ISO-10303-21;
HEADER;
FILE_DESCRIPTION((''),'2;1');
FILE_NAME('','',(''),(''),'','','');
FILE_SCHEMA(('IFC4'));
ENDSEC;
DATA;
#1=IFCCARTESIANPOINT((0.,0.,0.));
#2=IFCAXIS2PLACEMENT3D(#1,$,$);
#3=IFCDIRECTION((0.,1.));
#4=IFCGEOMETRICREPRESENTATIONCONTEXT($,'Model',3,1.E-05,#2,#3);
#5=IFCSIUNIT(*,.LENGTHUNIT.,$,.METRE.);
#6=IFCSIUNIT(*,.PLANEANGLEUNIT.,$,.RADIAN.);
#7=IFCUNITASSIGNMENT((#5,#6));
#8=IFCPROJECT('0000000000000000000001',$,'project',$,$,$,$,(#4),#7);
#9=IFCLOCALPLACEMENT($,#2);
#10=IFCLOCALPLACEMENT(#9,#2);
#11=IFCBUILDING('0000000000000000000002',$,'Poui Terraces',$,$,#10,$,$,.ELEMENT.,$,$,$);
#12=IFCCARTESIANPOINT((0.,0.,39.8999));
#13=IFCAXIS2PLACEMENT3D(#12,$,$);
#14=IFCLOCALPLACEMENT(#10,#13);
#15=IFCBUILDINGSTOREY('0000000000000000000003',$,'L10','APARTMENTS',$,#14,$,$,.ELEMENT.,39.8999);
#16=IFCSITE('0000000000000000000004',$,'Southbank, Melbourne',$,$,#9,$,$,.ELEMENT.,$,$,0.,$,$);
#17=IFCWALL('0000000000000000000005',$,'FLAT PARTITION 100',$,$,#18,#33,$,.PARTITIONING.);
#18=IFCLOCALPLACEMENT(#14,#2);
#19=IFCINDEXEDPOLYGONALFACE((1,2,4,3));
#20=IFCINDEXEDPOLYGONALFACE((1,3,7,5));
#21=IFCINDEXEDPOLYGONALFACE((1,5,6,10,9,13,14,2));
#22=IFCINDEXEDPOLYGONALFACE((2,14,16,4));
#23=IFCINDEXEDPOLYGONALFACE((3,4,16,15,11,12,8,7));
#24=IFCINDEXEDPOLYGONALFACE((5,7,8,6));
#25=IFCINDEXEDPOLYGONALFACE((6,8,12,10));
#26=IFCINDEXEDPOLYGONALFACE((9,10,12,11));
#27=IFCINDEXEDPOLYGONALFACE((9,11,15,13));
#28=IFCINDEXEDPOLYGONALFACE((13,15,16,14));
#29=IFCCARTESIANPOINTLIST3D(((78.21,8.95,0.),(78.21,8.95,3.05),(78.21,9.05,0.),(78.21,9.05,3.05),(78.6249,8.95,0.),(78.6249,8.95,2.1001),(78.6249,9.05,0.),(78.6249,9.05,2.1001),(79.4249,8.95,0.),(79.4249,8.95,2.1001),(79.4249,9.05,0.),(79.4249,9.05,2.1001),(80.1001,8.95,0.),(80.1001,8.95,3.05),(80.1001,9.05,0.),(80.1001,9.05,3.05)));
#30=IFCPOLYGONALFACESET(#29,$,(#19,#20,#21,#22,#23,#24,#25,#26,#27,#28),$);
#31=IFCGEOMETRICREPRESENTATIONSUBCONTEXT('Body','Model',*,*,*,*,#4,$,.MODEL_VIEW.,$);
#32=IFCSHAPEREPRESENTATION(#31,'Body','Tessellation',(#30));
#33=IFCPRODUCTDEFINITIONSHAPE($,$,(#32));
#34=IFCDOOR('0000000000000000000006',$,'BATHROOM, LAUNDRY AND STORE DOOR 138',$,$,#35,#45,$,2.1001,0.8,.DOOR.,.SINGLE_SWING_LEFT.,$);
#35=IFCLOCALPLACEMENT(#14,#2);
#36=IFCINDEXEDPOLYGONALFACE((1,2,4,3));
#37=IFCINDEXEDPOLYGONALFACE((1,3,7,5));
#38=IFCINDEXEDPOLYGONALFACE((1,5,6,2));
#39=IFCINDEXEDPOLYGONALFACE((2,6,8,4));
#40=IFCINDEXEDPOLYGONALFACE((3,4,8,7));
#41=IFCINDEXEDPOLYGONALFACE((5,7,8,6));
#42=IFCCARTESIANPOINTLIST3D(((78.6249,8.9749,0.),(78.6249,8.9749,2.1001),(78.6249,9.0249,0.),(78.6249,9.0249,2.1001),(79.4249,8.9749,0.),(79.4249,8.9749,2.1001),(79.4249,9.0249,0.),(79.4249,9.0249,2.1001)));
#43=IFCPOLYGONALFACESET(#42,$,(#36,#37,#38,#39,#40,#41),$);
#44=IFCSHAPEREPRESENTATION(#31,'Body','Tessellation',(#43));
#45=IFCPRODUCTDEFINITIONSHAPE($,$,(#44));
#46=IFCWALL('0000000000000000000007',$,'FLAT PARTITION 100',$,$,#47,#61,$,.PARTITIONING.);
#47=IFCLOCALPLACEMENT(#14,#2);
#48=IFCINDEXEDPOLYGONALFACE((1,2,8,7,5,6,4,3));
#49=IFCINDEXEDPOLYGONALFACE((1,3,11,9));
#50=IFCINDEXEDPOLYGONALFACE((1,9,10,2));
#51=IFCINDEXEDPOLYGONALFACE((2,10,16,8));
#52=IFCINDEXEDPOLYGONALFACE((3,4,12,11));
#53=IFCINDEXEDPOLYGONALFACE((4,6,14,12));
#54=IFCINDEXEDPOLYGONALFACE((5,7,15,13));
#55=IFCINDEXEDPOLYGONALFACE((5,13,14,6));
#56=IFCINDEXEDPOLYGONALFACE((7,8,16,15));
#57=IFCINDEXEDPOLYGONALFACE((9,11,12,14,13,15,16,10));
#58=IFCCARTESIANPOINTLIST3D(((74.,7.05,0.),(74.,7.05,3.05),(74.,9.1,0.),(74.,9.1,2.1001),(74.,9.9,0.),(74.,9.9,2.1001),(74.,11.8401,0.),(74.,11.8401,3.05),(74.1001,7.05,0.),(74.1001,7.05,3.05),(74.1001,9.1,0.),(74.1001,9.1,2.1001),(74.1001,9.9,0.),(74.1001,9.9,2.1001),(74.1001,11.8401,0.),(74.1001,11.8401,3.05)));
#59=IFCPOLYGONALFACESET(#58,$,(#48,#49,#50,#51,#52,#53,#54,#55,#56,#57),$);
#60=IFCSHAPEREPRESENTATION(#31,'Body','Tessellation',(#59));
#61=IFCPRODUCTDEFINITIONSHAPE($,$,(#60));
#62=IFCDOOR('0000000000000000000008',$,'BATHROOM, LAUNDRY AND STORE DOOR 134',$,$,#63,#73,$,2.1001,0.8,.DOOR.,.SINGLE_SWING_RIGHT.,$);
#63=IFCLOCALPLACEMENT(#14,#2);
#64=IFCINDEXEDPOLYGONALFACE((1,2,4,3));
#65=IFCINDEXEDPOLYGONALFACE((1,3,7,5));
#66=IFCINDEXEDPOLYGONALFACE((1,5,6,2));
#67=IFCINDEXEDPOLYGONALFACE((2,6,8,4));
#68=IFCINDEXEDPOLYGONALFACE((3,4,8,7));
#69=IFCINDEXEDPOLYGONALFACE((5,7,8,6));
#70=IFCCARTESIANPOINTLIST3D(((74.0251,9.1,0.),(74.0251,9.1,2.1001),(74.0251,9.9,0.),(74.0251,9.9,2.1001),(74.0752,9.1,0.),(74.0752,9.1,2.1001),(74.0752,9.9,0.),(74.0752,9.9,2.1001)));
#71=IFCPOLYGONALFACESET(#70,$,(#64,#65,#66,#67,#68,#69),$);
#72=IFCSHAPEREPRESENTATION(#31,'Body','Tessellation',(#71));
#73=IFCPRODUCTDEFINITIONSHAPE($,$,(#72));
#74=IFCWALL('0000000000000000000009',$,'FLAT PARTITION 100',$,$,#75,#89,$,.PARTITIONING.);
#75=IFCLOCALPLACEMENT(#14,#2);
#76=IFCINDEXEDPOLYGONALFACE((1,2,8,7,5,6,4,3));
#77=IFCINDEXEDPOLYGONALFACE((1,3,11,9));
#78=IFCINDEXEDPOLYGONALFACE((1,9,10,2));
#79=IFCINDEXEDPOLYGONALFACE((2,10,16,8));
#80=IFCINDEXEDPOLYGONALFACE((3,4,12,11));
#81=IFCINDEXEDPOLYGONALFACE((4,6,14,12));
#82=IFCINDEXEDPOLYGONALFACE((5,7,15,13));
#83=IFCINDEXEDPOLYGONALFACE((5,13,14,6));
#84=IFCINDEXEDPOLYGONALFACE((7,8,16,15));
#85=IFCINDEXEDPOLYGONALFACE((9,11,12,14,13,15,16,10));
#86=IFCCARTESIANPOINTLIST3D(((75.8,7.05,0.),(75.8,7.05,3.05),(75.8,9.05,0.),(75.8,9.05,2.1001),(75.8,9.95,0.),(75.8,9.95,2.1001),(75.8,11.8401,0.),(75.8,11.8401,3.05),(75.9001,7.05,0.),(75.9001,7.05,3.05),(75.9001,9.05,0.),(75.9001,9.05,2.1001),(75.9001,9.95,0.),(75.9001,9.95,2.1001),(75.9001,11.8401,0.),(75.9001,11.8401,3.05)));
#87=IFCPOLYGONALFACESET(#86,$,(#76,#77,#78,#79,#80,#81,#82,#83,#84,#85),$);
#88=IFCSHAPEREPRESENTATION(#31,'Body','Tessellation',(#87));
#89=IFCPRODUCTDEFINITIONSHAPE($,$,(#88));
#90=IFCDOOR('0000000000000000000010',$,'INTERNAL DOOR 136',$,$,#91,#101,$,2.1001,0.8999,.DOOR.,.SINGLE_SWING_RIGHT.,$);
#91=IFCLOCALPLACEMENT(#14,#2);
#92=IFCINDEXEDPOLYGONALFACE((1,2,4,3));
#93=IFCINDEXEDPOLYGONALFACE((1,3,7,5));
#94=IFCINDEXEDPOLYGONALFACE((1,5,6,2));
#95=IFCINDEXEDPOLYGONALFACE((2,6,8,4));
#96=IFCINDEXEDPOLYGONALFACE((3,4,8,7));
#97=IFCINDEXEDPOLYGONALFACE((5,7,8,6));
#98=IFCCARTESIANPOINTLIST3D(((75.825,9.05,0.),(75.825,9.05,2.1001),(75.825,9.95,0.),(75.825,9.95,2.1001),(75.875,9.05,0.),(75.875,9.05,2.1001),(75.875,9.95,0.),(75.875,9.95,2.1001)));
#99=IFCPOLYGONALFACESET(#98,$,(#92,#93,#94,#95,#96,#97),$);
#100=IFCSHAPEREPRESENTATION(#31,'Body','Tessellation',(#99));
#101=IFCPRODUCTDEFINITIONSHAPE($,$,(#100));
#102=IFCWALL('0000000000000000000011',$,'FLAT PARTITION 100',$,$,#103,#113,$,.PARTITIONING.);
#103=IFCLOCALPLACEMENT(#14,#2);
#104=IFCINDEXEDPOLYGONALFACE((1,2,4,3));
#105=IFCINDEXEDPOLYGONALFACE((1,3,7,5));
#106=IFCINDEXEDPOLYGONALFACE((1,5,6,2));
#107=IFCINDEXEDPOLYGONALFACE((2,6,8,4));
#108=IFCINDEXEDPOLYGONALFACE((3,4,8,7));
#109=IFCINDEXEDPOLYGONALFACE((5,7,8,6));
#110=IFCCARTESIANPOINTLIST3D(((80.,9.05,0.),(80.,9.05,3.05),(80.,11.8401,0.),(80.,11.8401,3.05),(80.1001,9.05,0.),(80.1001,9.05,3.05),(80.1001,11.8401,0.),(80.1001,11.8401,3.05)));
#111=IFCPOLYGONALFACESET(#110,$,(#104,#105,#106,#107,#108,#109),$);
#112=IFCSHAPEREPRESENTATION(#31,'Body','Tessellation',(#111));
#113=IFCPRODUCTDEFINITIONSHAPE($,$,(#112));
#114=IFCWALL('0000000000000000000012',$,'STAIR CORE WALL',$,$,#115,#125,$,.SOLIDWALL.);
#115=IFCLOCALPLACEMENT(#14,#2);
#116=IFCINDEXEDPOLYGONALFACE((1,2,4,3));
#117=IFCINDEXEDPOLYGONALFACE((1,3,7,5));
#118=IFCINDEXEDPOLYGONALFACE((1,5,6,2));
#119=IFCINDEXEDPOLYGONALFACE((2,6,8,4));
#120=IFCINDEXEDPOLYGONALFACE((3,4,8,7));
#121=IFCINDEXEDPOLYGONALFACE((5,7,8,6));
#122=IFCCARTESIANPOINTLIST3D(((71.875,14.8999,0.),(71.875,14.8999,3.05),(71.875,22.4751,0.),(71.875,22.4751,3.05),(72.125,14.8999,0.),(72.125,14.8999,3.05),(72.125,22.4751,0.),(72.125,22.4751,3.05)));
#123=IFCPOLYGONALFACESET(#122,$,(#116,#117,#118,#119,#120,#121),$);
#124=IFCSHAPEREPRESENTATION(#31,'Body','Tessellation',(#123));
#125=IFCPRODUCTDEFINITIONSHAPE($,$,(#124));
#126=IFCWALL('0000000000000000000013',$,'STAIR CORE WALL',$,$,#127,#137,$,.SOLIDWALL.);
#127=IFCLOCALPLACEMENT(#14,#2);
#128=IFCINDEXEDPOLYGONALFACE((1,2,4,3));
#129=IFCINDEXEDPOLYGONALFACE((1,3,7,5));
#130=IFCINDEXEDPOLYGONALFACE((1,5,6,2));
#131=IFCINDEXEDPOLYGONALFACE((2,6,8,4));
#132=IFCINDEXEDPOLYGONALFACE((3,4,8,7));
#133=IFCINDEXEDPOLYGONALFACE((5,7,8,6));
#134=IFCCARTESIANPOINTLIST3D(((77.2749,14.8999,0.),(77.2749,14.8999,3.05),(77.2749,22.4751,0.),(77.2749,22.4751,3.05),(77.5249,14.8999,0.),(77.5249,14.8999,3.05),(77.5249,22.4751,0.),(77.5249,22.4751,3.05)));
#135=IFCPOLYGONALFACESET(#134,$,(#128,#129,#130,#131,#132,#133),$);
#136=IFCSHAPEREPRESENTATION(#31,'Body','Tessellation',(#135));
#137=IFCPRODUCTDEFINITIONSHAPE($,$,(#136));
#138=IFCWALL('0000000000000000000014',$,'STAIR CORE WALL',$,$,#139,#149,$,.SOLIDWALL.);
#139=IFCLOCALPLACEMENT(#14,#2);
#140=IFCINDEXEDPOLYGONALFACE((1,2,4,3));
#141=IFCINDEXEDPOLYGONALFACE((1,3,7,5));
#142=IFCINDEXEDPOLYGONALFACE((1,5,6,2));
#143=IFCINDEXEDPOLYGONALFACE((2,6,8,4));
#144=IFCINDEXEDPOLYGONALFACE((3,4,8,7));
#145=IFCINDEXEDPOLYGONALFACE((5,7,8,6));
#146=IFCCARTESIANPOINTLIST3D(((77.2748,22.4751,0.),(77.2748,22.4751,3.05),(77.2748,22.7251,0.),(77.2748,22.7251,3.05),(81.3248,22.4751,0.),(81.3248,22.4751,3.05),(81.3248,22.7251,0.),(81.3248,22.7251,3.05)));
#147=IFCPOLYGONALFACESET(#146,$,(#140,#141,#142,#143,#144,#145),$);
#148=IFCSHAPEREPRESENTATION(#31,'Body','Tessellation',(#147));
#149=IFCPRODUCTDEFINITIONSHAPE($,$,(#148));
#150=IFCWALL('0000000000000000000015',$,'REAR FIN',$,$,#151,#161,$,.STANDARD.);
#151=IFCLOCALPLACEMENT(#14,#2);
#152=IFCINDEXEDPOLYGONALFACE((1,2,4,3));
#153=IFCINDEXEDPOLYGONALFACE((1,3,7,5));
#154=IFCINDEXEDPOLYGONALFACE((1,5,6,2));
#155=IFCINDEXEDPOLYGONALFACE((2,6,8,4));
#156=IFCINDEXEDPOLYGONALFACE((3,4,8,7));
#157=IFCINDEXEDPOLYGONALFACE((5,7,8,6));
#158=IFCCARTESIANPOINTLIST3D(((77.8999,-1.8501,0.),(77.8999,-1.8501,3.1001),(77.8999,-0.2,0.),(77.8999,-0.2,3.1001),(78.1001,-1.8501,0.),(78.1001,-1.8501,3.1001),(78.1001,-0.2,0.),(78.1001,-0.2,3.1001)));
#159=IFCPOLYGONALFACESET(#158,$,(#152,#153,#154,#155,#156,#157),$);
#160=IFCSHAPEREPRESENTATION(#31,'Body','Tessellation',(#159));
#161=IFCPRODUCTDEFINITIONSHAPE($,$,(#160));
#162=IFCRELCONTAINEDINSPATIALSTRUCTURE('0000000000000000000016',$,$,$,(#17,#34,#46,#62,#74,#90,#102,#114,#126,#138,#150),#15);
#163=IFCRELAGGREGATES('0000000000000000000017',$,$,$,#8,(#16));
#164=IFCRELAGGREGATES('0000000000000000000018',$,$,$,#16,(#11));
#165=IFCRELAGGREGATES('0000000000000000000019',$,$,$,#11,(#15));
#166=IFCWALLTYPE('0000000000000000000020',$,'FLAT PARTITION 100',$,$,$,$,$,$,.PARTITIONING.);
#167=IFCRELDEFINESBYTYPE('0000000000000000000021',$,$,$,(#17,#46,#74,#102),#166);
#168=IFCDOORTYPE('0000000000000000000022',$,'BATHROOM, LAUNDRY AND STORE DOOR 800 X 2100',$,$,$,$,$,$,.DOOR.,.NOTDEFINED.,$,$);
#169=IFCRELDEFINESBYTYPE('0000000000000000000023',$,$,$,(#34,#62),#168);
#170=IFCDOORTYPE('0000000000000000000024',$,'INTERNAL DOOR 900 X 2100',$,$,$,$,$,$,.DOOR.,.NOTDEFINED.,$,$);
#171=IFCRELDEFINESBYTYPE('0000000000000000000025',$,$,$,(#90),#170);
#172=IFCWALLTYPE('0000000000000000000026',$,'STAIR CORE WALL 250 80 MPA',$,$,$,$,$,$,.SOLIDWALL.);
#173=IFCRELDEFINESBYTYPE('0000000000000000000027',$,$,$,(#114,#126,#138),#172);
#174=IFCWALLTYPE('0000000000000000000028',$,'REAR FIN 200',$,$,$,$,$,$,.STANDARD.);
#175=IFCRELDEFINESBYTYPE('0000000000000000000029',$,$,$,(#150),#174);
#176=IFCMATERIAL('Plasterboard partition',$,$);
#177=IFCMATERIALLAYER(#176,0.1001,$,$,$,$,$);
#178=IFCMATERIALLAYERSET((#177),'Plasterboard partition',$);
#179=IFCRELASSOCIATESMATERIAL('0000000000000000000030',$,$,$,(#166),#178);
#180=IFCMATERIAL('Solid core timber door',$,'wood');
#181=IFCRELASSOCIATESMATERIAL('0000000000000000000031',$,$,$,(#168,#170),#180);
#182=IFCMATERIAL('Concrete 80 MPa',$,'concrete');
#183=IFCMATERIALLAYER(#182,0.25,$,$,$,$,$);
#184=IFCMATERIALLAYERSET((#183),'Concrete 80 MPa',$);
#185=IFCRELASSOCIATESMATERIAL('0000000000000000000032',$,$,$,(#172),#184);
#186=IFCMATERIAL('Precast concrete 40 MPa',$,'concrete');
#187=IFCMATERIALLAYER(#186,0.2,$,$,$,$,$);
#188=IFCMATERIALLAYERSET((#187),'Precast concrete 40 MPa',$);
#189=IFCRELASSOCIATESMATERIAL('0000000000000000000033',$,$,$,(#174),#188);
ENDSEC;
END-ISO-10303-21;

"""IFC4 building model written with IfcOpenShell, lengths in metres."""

from ifc_helpers import new_model, si_unit, direction, frame, frame_2d, origin, place, context, subcontext, project, spatial, polyline, rectangle, outline, extrude, source, transform, mapped, material, layer, layer_set, type_object, element, fill, save


model = new_model("IFC4")

# Units and contexts
model_context = context("Model", 3, precision=1e-05, world=origin(), true_north=direction((0.0, 1.0)))
body_context = subcontext(model_context, "Body", "Model", "MODEL_VIEW")
ifc_project = project(units=[si_unit("LENGTHUNIT", "METRE"), si_unit("PLANEANGLEUNIT", "RADIAN")], contexts=[model_context])

# Site, building, storey
site_placement = place(None, origin())
site = spatial("IfcSite", under=ifc_project, at=site_placement, Name="Southbank, Melbourne", CompositionType="ELEMENT", RefElevation=0.0)
building_placement = place(site_placement, origin())
building = spatial("IfcBuilding", under=site, at=building_placement, Name="Poui Terraces", CompositionType="ELEMENT")
storey_placement = place(building_placement, frame((0.0, 0.0, 39.8999)))
storey = spatial("IfcBuildingStorey", under=building, at=storey_placement, Name="L10", Description="APARTMENTS", CompositionType="ELEMENT", Elevation=39.8999)

# Shared definitions
ifc_material_1 = material(Name="Concrete 80 MPa", Category="concrete")

# Shared definitions
ifc_material_2 = material(Name="Precast concrete 40 MPa", Category="concrete")

# Shared definitions
ifc_material_3 = material(Name="Plasterboard partition")
ifc_layer_1 = layer(ifc_material_3, 0.1001)
ifc_layer_set_1 = layer_set([ifc_layer_1], Name="Plasterboard partition")
wall_type_1 = type_object("IfcWallType", Name="FLAT PARTITION 100", PredefinedType="PARTITIONING", material=ifc_layer_set_1)

# Walls, openings, doors
wall_1_placement = place(storey_placement, frame((78.21, 9.0, 0.0), z_axis=(0.0, 0.0, 1.0), x_axis=(1.0, 0.0, 0.0)))
wall_1 = element("IfcWall", 1, at=wall_1_placement, inside=storey, type_object=wall_type_1, Name="FLAT PARTITION 100", PredefinedType="PARTITIONING", context=body_context, shape_type="SweptSolid", body=[
    extrude(rectangle(XDim=1.8901, YDim=0.1001, at=frame_2d((0.9451, 0.0))), origin(), (0.0, 0.0, 1.0), 3.05),
])
opening_1_placement = place(wall_1_placement, frame((0.415, 0.0, 0.0)))
opening_1 = element("IfcOpeningElement", 2, at=opening_1_placement, cuts=wall_1, PredefinedType="OPENING", context=body_context, shape_type="SweptSolid", body=[
    extrude(rectangle(XDim=0.8, YDim=2.1001, at=frame_2d((0.3999, 1.05))), frame((0.0, 0.0601, 0.0), z_axis=(0.0, -1.0, 0.0), x_axis=(1.0, 0.0, 0.0)), (0.0, 0.0, 1.0), 0.1201),
])
ifc_material_4 = material(Name="Solid core timber door", Category="wood")
door_type_1 = type_object("IfcDoorType", Name="BATHROOM, LAUNDRY AND STORE DOOR 800 X 2100", OperationType="NOTDEFINED", PredefinedType="DOOR", material=ifc_material_4)
door_1_placement = place(opening_1_placement, origin())
door_1 = element("IfcDoor", 3, at=door_1_placement, inside=storey, type_object=door_type_1, Name="BATHROOM, LAUNDRY AND STORE DOOR 138", OperationType="SINGLE_SWING_LEFT", OverallHeight=2.1001, OverallWidth=0.8, PredefinedType="DOOR", context=body_context, shape_type="SweptSolid", body=[
    extrude(rectangle(XDim=0.8, YDim=2.1001, at=frame_2d((0.3999, 1.05))), frame((0.0, 0.0249, 0.0), z_axis=(0.0, -1.0, 0.0), x_axis=(1.0, 0.0, 0.0)), (0.0, 0.0, 1.0), 0.05),
])
fill(opening_1, door_1)
wall_2_placement = place(storey_placement, frame((74.05, 7.05, 0.0), z_axis=(0.0, 0.0, 1.0), x_axis=(0.0, 1.0, 0.0)))
wall_2 = element("IfcWall", 4, at=wall_2_placement, inside=storey, type_object=wall_type_1, Name="FLAT PARTITION 100", PredefinedType="PARTITIONING", context=body_context, shape_type="SweptSolid", body=[
    extrude(rectangle(XDim=4.79, YDim=0.1001, at=frame_2d((2.395, 0.0))), origin(), (0.0, 0.0, 1.0), 3.05),
])
opening_2_placement = place(wall_2_placement, frame((2.05, 0.0, 0.0)))
opening_2 = element("IfcOpeningElement", 5, at=opening_2_placement, cuts=wall_2, PredefinedType="OPENING", context=body_context, shape_type="SweptSolid", body=[
    extrude(rectangle(XDim=0.8, YDim=2.1001, at=frame_2d((0.3999, 1.05))), frame((0.0, 0.0601, 0.0), z_axis=(0.0, -1.0, 0.0), x_axis=(1.0, 0.0, 0.0)), (0.0, 0.0, 1.0), 0.1201),
])
door_2_placement = place(opening_2_placement, origin())
door_2 = element("IfcDoor", 6, at=door_2_placement, inside=storey, type_object=door_type_1, Name="BATHROOM, LAUNDRY AND STORE DOOR 134", OperationType="SINGLE_SWING_RIGHT", OverallHeight=2.1001, OverallWidth=0.8, PredefinedType="DOOR", context=body_context, shape_type="SweptSolid", body=[
    extrude(rectangle(XDim=0.8, YDim=2.1001, at=frame_2d((0.3999, 1.05))), frame((0.0, 0.0249, 0.0), z_axis=(0.0, -1.0, 0.0), x_axis=(1.0, 0.0, 0.0)), (0.0, 0.0, 1.0), 0.05),
])
fill(opening_2, door_2)
wall_3_placement = place(storey_placement, frame((75.8501, 7.05, 0.0), z_axis=(0.0, 0.0, 1.0), x_axis=(0.0, 1.0, 0.0)))
wall_3 = element("IfcWall", 7, at=wall_3_placement, inside=storey, type_object=wall_type_1, Name="FLAT PARTITION 100", PredefinedType="PARTITIONING", context=body_context, shape_type="SweptSolid", body=[
    extrude(rectangle(XDim=4.79, YDim=0.1001, at=frame_2d((2.395, 0.0))), origin(), (0.0, 0.0, 1.0), 3.05),
])
opening_3_placement = place(wall_3_placement, frame((2.0, 0.0, 0.0)))
opening_3 = element("IfcOpeningElement", 8, at=opening_3_placement, cuts=wall_3, PredefinedType="OPENING", context=body_context, shape_type="SweptSolid", body=[
    extrude(rectangle(XDim=0.8999, YDim=2.1001, at=frame_2d((0.45, 1.05))), frame((0.0, 0.0601, 0.0), z_axis=(0.0, -1.0, 0.0), x_axis=(1.0, 0.0, 0.0)), (0.0, 0.0, 1.0), 0.1201),
])
door_type_2 = type_object("IfcDoorType", Name="INTERNAL DOOR 900 X 2100", OperationType="NOTDEFINED", PredefinedType="DOOR", material=ifc_material_4)
door_3_placement = place(opening_3_placement, frame((0.8999, 0.0, 0.0), z_axis=(0.0, 0.0, 1.0), x_axis=(-1.0, 0.0, 0.0)))
door_3 = element("IfcDoor", 9, at=door_3_placement, inside=storey, type_object=door_type_2, Name="INTERNAL DOOR 136", OperationType="SINGLE_SWING_RIGHT", OverallHeight=2.1001, OverallWidth=0.8999, PredefinedType="DOOR", context=body_context, shape_type="SweptSolid", body=[
    extrude(rectangle(XDim=0.8999, YDim=2.1001, at=frame_2d((0.45, 1.05))), frame((0.0, 0.0249, 0.0), z_axis=(0.0, -1.0, 0.0), x_axis=(1.0, 0.0, 0.0)), (0.0, 0.0, 1.0), 0.05),
])
fill(opening_3, door_3)

# Walls
wall_4_placement = place(storey_placement, frame((80.05, 9.05, 0.0), z_axis=(0.0, 0.0, 1.0), x_axis=(0.0, 1.0, 0.0)))
element("IfcWall", 10, at=wall_4_placement, inside=storey, type_object=wall_type_1, Name="FLAT PARTITION 100", PredefinedType="PARTITIONING", context=body_context, shape_type="SweptSolid", body=[
    extrude(rectangle(XDim=2.79, YDim=0.1001, at=frame_2d((1.395, 0.0))), origin(), (0.0, 0.0, 1.0), 3.05),
])
ifc_layer_2 = layer(ifc_material_1, 0.25)
ifc_layer_set_2 = layer_set([ifc_layer_2], Name="Concrete 80 MPa")
wall_type_2 = type_object("IfcWallType", Name="STAIR CORE WALL 250 80 MPA", PredefinedType="SOLIDWALL", material=ifc_layer_set_2)
for number, where, z_axis, x_axis, name in (
    (11, (72.0, 14.8999, 0.0), (0.0, 0.0, 1.0), (0.0, 1.0, 0.0), "STAIR CORE WALL"),
    (12, (77.3999, 14.8999, 0.0), (0.0, 0.0, 1.0), (0.0, 1.0, 0.0), "STAIR CORE WALL"),
):
    element("IfcWall", number, at=place(storey_placement, frame(where, z_axis=z_axis, x_axis=x_axis)), inside=storey, type_object=wall_type_2, Name=name, PredefinedType="SOLIDWALL", context=body_context, shape_type="SweptSolid", body=[
        extrude(rectangle(XDim=7.5752, YDim=0.25, at=frame_2d((3.7876, 0.0))), origin(), (0.0, 0.0, 1.0), 3.05),
    ])
wall_5_placement = place(storey_placement, frame((77.2749, 22.6001, 0.0), z_axis=(0.0, 0.0, 1.0), x_axis=(1.0, 0.0, 0.0)))
element("IfcWall", 13, at=wall_5_placement, inside=storey, type_object=wall_type_2, Name="STAIR CORE WALL", PredefinedType="SOLIDWALL", context=body_context, shape_type="SweptSolid", body=[
    extrude(rectangle(XDim=4.05, YDim=0.25, at=frame_2d((2.0249, 0.0))), origin(), (0.0, 0.0, 1.0), 3.05),
])
ifc_layer_3 = layer(ifc_material_2, 0.2)
ifc_layer_set_3 = layer_set([ifc_layer_3], Name="Precast concrete 40 MPa")
wall_type_3 = type_object("IfcWallType", Name="REAR FIN 200", PredefinedType="STANDARD", material=ifc_layer_set_3)
shared_shape_1 = source(origin(), body_context, "Body", "SweptSolid", [
    extrude(outline(polyline([(0.0, 0.0), (0.2002, 0.0), (0.2002, 1.6501), (0.0, 1.6501), (0.0, 0.0)])), origin(), (0.0, 0.0, 1.0), 3.1001),
])
wall_6_placement = place(storey_placement, frame((77.8999, -1.8501, 0.0)))
element("IfcWall", 14, at=wall_6_placement, inside=storey, type_object=wall_type_3, Name="REAR FIN", PredefinedType="STANDARD", context=body_context, shape_type="MappedRepresentation", body=[
    mapped(shared_shape_1, transform((0.0, 0.0, 0.0))),
])

save(model, "model.ifc")
